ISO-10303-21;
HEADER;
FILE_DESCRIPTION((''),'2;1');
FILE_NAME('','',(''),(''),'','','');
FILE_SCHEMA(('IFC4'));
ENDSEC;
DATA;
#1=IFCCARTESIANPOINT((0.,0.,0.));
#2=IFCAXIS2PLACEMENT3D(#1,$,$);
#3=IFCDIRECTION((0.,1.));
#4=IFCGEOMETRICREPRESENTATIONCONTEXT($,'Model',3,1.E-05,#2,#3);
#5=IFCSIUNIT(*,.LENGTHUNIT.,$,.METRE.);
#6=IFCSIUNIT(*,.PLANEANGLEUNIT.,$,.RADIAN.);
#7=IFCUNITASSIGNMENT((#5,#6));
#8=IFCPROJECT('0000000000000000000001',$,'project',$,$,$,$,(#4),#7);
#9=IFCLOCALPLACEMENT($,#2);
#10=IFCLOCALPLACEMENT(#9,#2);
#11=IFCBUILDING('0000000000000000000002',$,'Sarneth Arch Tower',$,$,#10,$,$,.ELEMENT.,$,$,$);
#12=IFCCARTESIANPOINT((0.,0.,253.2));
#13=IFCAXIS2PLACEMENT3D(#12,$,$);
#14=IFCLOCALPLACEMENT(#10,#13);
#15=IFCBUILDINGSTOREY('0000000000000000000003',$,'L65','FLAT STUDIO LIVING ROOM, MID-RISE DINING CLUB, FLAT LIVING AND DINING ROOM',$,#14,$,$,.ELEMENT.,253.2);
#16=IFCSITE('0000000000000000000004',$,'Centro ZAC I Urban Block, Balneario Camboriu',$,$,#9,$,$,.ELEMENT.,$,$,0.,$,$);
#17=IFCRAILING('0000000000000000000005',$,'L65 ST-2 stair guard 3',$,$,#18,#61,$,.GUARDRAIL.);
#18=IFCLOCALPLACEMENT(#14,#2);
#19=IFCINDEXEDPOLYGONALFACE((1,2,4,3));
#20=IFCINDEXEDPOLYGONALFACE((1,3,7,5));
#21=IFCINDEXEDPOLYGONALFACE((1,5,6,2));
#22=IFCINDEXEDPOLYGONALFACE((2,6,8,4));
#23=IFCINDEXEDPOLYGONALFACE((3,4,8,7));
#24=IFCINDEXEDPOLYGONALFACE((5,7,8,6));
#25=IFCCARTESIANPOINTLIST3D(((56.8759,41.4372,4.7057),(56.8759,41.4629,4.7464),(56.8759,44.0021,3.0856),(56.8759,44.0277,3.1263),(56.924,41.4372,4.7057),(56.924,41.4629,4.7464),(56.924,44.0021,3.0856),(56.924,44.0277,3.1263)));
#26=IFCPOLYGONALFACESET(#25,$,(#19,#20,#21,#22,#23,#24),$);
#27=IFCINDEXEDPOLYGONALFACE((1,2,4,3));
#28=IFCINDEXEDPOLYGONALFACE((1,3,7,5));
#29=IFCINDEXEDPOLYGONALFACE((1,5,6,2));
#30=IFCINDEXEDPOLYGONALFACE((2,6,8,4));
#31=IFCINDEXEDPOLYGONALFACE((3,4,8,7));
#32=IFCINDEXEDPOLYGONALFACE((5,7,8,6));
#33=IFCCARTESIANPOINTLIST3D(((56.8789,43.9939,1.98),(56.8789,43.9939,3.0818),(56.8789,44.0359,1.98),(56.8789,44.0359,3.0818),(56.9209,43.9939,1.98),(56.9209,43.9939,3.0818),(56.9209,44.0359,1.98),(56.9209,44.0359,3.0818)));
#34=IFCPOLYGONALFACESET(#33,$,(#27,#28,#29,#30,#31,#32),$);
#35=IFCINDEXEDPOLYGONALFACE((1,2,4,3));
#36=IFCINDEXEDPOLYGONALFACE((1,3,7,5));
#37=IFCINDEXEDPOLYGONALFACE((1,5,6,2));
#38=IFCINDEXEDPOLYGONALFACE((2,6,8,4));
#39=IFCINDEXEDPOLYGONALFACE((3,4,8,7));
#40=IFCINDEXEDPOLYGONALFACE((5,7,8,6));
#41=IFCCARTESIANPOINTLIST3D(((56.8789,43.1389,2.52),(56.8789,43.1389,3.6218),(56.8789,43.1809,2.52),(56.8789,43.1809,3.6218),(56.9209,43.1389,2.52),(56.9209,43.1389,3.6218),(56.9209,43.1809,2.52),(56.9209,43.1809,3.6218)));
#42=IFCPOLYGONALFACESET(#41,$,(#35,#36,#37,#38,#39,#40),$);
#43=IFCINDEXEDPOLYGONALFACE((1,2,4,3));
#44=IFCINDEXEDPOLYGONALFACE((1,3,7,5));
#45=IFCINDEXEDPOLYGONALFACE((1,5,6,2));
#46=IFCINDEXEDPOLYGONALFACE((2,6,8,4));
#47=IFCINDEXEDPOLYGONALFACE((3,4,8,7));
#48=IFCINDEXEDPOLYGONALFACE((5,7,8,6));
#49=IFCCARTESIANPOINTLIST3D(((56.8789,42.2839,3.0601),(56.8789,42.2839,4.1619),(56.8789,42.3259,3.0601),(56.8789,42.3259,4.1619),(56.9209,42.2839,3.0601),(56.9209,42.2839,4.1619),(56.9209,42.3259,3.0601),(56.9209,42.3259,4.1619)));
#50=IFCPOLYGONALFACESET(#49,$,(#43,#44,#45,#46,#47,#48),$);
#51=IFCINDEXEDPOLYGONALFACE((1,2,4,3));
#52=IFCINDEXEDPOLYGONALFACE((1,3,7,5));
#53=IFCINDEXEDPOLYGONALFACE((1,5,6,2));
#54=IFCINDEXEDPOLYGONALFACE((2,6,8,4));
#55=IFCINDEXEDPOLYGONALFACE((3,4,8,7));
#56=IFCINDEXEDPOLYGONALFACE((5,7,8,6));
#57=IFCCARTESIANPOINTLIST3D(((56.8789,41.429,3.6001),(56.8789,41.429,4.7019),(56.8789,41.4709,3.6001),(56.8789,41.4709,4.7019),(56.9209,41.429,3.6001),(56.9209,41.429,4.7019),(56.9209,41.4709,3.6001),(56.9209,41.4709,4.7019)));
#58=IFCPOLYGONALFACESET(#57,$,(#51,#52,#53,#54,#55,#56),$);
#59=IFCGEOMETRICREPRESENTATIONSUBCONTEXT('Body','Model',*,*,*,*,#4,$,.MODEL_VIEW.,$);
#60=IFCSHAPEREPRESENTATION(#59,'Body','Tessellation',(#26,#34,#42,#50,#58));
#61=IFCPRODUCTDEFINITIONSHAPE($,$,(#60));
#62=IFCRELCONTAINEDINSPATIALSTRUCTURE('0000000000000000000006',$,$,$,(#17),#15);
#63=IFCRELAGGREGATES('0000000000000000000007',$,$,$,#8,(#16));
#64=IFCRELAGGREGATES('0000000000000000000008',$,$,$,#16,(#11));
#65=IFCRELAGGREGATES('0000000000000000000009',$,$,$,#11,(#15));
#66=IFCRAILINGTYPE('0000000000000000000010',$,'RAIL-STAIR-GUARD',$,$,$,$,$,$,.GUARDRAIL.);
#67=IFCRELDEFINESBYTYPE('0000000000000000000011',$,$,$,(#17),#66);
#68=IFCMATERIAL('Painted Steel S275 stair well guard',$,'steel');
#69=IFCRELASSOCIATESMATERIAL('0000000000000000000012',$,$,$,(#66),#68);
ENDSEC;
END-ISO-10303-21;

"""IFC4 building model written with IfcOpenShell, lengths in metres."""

from ifc_helpers import new_model, si_unit, direction, frame, origin, origin_2d, place, context, subcontext, project, spatial, rectangle, extrude, material, type_object, element, save


model = new_model("IFC4")

# Units and contexts
model_context = context("Model", 3, precision=1e-05, world=origin(), true_north=direction((0.0, 1.0)))
body_context = subcontext(model_context, "Body", "Model", "MODEL_VIEW")
ifc_project = project(units=[si_unit("LENGTHUNIT", "METRE"), si_unit("PLANEANGLEUNIT", "RADIAN")], contexts=[model_context])

# Site, building, storey
site_placement = place(None, origin())
site = spatial("IfcSite", under=ifc_project, at=site_placement, Name="Centro ZAC I Urban Block, Balneario Camboriu", CompositionType="ELEMENT", RefElevation=0.0)
building_placement = place(site_placement, origin())
building = spatial("IfcBuilding", under=site, at=building_placement, Name="Sarneth Arch Tower", CompositionType="ELEMENT")
storey_placement = place(building_placement, frame((0.0, 0.0, 253.2)))
storey = spatial("IfcBuildingStorey", under=building, at=storey_placement, Name="L65", Description="FLAT STUDIO LIVING ROOM, MID-RISE DINING CLUB, FLAT LIVING AND DINING ROOM", CompositionType="ELEMENT", Elevation=253.2)

# Railing
ifc_material_1 = material(Name="Painted Steel S275 stair well guard", Category="steel")
railing_type_1 = type_object("IfcRailingType", Name="RAIL-STAIR-GUARD", PredefinedType="GUARDRAIL", material=ifc_material_1)
railing_1_placement = place(storey_placement, frame((56.8999, 44.0149, 1.98)))
element("IfcRailing", 1, at=railing_1_placement, inside=storey, type_object=railing_type_1, Name="L65 ST-2 stair guard 3", PredefinedType="GUARDRAIL", context=body_context, shape_type="SweptSolid", body=[
    extrude(rectangle(XDim=0.0481, YDim=0.0481, at=origin_2d()), frame((0.0, 0.0, 1.126), z_axis=(0.0, -0.845466, 0.534029), x_axis=(1.0, 0.0, 0.0)), (0.0, 0.0, 1.0), 3.0337),
    extrude(rectangle(XDim=0.042, YDim=0.042, at=origin_2d()), origin(), (0.0, 0.0, 1.0), 1.1018),
    extrude(rectangle(XDim=0.042, YDim=0.042, at=origin_2d()), frame((0.0, -0.855, 0.54)), (0.0, 0.0, 1.0), 1.1018),
    extrude(rectangle(XDim=0.042, YDim=0.042, at=origin_2d()), frame((0.0, -1.71, 1.0801)), (0.0, 0.0, 1.0), 1.1018),
    extrude(rectangle(XDim=0.042, YDim=0.042, at=origin_2d()), frame((0.0, -2.5649, 1.6201)), (0.0, 0.0, 1.0), 1.1018),
])

save(model, "model.ifc")
